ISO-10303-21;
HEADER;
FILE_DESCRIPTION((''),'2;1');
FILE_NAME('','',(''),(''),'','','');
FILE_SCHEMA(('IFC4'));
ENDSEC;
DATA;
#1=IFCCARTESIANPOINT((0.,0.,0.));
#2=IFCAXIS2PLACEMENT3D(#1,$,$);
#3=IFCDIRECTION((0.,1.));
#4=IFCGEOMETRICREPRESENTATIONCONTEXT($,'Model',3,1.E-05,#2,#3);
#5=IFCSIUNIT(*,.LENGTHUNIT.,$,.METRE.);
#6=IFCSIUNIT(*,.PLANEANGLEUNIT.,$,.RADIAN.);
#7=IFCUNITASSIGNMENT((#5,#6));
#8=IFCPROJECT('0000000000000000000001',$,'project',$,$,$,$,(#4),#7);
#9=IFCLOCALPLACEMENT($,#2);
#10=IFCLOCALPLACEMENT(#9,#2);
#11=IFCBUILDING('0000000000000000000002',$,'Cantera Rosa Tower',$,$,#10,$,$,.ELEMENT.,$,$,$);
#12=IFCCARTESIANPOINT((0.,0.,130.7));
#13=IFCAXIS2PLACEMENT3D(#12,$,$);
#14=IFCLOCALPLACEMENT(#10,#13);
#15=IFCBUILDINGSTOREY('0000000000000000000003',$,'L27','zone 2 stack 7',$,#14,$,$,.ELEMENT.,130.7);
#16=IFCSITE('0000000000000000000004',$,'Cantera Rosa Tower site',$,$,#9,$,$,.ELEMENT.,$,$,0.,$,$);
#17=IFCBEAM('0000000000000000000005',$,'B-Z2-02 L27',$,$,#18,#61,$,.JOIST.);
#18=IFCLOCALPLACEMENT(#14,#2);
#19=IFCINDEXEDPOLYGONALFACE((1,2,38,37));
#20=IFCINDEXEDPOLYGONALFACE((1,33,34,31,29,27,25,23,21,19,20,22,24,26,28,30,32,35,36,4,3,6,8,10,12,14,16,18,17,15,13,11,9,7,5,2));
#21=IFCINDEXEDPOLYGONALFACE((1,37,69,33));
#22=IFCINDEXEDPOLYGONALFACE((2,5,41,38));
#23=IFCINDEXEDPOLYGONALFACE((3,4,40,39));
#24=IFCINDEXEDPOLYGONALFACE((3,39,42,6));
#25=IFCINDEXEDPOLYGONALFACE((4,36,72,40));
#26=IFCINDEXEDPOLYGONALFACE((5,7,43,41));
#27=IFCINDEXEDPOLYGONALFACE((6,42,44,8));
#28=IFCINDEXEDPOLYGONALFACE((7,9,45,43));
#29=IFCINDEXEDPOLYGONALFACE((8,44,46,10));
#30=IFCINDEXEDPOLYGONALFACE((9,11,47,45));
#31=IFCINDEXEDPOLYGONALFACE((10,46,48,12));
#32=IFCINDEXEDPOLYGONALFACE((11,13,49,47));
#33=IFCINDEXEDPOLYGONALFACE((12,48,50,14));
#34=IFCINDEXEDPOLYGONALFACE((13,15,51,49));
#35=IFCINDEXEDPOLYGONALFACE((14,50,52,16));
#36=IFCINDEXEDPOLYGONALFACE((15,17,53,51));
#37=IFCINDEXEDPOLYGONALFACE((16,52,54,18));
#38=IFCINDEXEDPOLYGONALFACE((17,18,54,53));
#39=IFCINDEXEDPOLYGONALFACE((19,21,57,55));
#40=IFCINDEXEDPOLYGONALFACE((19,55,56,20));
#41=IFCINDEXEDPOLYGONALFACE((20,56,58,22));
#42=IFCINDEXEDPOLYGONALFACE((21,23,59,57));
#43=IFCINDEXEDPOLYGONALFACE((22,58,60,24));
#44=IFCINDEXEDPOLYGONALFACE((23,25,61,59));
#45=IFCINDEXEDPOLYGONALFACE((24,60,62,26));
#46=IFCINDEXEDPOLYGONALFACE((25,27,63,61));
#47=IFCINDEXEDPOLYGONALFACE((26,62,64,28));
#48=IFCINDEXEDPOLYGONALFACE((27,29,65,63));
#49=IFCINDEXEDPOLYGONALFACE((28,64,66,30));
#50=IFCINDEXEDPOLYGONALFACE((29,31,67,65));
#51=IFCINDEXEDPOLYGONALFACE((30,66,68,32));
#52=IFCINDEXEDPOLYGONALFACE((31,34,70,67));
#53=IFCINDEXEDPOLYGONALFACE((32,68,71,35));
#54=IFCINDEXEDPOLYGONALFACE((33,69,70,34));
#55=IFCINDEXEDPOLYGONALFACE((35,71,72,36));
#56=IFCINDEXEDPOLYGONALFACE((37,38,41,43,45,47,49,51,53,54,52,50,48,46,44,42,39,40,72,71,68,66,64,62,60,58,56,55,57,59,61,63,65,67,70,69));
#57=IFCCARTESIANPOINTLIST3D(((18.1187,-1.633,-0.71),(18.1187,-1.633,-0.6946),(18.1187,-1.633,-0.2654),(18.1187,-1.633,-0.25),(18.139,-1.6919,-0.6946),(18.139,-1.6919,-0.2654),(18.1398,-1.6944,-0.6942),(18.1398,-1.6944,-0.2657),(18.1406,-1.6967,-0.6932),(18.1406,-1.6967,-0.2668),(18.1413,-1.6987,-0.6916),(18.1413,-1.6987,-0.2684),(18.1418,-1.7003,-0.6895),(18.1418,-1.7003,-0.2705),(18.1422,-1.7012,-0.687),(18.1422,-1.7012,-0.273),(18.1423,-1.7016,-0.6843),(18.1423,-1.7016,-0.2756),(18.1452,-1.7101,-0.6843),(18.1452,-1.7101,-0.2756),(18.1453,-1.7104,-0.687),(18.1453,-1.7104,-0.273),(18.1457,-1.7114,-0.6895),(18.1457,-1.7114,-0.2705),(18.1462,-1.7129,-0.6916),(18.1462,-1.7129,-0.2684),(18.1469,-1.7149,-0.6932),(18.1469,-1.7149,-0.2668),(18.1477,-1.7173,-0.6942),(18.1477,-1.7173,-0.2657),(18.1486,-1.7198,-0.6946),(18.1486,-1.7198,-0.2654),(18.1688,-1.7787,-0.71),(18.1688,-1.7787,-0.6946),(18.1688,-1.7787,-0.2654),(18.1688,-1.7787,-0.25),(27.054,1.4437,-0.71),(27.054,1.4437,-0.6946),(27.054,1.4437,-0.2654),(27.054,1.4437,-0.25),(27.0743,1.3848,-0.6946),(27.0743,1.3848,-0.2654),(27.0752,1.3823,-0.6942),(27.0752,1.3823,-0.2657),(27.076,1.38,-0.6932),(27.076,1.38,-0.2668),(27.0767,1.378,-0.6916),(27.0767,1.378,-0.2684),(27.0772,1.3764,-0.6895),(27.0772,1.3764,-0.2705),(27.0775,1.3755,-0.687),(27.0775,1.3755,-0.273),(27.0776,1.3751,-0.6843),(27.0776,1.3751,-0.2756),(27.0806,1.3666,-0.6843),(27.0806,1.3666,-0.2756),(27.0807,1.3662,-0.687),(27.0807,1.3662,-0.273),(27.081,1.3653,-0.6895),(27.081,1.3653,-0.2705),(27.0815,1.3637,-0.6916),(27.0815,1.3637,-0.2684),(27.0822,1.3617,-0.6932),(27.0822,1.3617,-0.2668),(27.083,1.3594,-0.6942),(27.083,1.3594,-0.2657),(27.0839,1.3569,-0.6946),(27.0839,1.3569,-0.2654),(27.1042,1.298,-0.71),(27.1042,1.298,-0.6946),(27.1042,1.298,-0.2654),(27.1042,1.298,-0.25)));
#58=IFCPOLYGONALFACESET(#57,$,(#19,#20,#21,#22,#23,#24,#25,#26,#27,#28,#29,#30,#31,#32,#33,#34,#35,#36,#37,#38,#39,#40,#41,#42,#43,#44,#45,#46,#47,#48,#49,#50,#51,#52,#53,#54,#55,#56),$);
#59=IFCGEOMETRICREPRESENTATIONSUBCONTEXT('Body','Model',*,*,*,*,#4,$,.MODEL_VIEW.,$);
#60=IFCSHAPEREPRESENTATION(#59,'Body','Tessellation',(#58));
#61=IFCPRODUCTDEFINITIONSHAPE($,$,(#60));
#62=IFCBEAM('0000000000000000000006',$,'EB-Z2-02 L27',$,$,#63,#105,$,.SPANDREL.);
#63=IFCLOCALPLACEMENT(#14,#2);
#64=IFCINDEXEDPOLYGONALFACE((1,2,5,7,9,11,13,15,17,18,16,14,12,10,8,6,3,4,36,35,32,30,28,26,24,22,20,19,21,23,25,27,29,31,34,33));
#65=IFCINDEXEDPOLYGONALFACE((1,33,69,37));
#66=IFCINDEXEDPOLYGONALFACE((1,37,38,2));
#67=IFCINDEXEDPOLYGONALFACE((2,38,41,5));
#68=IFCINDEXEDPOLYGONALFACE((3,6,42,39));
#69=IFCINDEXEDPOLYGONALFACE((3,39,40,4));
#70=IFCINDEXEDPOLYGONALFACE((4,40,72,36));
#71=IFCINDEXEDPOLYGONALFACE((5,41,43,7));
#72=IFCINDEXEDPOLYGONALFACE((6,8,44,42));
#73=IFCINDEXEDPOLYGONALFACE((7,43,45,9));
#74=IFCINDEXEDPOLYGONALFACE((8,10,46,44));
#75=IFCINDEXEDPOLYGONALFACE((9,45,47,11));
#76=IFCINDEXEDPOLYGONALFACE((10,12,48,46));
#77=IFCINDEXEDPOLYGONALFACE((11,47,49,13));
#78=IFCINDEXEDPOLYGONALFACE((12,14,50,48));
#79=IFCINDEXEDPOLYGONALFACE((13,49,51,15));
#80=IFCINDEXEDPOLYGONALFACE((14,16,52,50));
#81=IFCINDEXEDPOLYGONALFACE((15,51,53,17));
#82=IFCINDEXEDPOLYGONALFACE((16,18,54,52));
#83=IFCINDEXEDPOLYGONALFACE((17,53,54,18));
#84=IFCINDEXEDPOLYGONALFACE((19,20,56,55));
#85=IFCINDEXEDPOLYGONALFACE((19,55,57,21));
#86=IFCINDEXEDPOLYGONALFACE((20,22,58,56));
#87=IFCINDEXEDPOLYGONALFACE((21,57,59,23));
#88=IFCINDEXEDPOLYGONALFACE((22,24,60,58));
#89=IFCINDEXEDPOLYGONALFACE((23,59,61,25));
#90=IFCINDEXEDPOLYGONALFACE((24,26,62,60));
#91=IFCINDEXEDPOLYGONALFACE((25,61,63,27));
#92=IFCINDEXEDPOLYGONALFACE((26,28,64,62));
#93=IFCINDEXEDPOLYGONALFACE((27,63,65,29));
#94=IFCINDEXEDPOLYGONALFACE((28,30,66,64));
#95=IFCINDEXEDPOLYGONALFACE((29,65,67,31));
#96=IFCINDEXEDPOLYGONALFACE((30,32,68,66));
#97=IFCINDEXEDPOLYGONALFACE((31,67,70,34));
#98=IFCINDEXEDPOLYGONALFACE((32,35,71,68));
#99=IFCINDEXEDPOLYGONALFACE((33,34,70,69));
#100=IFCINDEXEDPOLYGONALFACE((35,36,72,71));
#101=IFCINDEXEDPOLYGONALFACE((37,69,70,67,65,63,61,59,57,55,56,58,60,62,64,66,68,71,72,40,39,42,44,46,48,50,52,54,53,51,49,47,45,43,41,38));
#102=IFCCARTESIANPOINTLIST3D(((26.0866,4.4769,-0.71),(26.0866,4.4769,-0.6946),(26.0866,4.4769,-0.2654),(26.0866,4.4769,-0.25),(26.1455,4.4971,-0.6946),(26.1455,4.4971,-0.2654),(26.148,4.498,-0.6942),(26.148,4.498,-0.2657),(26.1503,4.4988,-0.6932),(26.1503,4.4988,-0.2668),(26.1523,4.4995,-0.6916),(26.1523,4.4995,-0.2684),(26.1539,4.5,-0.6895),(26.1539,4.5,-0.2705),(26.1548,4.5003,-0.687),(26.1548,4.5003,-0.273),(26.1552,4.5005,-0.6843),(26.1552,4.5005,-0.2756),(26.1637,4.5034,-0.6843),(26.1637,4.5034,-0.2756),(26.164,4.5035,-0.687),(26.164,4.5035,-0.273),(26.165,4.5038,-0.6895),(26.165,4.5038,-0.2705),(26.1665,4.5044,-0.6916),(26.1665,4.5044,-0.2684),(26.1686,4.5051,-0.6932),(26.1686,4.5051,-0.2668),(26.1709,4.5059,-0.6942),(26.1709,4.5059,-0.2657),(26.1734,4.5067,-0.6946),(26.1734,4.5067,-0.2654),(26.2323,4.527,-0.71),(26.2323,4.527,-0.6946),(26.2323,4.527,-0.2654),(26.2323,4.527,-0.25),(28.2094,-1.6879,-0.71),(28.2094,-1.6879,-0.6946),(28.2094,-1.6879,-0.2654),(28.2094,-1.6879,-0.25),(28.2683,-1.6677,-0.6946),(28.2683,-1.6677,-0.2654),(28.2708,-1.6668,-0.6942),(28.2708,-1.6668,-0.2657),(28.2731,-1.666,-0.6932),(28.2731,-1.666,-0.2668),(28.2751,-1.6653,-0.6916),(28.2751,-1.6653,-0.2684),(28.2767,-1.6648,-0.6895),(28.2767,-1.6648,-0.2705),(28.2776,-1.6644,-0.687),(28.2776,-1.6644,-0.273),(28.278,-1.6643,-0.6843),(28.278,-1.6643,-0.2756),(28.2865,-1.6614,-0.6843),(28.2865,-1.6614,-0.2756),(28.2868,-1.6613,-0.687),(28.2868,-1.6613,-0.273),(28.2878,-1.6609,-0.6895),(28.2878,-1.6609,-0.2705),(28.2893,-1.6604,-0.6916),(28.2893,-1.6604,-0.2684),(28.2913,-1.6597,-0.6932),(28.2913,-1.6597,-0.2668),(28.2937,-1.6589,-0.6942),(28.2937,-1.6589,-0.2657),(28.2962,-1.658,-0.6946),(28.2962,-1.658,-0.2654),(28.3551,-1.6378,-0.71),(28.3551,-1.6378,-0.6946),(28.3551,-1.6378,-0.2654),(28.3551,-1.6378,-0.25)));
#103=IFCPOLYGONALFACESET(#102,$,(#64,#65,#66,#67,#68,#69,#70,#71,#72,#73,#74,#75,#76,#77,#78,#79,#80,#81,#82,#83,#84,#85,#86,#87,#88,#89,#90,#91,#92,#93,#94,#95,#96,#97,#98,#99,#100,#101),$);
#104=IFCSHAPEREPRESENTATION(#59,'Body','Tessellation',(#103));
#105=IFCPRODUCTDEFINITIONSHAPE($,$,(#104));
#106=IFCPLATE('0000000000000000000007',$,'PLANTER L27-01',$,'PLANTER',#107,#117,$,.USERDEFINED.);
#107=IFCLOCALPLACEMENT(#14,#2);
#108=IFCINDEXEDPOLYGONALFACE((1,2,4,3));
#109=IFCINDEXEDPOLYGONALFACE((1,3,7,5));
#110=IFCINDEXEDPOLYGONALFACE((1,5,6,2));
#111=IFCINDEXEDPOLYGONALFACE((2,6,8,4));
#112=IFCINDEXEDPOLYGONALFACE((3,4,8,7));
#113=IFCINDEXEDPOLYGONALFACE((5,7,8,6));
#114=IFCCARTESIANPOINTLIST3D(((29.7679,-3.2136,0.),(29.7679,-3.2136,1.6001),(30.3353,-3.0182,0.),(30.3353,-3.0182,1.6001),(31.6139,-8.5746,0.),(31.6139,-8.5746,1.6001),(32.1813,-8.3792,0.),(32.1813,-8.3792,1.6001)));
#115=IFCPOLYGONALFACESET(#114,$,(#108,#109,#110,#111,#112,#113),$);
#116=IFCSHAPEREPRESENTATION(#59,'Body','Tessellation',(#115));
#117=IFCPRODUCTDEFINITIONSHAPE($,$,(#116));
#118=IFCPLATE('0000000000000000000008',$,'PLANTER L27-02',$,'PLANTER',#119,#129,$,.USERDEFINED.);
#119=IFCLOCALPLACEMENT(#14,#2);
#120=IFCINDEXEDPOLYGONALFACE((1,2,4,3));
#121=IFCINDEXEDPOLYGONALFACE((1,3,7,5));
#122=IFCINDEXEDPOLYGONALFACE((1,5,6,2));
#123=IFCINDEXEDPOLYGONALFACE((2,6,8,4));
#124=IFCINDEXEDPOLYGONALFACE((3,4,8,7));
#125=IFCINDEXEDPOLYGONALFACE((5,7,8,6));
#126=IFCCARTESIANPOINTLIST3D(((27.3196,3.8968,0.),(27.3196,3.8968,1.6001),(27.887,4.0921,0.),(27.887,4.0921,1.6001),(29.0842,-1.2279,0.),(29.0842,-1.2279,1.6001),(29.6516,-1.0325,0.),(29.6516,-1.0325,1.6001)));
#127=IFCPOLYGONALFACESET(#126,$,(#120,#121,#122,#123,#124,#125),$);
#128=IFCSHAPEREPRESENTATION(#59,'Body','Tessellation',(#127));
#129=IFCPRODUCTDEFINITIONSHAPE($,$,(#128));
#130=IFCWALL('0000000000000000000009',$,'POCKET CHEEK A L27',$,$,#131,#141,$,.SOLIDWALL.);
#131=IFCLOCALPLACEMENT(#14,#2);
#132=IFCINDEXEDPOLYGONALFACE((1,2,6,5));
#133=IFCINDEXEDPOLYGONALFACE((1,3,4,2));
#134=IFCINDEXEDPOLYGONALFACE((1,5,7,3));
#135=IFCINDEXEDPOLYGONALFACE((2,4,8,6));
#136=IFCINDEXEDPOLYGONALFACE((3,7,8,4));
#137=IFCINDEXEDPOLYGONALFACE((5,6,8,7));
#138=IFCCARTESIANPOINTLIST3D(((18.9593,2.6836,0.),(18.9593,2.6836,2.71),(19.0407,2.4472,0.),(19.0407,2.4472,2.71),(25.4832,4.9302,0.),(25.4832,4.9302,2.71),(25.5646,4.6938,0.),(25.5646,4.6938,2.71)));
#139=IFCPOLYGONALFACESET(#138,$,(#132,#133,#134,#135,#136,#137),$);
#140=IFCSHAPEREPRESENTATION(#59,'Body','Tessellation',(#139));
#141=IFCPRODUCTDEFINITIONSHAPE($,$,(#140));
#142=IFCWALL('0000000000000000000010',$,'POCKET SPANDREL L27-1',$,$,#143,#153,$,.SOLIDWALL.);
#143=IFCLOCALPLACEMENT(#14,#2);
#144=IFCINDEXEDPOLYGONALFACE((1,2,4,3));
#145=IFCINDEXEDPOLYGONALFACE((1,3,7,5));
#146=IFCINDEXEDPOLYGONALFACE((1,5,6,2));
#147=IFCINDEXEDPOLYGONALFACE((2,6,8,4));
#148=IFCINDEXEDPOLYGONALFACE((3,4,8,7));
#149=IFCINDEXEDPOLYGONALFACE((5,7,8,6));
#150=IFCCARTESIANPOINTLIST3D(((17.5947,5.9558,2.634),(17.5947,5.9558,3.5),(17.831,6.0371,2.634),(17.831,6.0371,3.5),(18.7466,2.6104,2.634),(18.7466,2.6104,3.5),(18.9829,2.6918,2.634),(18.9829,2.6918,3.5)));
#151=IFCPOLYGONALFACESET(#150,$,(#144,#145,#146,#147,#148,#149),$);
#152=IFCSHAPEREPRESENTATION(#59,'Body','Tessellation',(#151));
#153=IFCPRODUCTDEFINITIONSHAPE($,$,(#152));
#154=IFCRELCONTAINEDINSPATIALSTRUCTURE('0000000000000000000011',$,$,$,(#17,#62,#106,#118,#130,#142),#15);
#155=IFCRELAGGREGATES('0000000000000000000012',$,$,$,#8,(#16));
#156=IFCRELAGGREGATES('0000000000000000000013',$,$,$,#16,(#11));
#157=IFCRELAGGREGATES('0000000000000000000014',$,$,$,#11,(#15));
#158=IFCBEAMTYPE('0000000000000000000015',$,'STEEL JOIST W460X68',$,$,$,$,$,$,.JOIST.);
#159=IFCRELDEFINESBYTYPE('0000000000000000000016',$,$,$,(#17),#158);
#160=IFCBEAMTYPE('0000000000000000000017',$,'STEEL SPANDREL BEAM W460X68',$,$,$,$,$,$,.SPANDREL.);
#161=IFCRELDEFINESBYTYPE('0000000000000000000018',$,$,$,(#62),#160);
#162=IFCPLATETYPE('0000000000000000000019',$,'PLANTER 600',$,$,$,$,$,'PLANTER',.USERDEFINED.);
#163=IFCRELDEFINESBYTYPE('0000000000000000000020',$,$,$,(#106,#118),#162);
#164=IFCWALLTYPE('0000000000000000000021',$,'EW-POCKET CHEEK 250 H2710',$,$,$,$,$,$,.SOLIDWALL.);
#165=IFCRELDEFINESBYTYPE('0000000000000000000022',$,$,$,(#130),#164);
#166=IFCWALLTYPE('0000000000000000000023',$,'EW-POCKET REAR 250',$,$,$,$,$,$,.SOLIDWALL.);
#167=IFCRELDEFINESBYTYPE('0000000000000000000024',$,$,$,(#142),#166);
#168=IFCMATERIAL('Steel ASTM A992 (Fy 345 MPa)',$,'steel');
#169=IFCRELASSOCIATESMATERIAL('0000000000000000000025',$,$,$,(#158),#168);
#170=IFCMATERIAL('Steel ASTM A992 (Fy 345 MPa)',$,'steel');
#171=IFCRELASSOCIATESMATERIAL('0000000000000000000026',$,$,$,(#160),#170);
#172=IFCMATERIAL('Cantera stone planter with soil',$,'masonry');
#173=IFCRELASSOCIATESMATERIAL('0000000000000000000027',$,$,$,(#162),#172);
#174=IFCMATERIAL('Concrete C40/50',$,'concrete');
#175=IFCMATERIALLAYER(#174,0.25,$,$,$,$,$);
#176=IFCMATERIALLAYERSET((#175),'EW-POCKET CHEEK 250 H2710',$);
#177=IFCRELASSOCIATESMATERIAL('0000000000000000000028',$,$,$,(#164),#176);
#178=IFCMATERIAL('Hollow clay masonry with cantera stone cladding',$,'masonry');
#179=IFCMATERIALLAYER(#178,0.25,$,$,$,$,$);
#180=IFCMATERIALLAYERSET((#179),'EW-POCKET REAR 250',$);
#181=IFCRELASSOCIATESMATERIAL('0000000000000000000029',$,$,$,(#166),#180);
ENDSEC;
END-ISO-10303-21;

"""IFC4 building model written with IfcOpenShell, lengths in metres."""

from ifc_helpers import new_model, si_unit, direction, frame, frame_2d, origin, origin_2d, place, context, subcontext, project, spatial, rectangle, i_section, extrude, material, layer, layer_set, material_profile, profile_set, type_object, element, save


model = new_model("IFC4")

# Units and contexts
model_context = context("Model", 3, precision=1e-05, world=origin(), true_north=direction((0.0, 1.0)))
body_context = subcontext(model_context, "Body", "Model", "MODEL_VIEW")
ifc_project = project(units=[si_unit("LENGTHUNIT", "METRE"), si_unit("PLANEANGLEUNIT", "RADIAN")], contexts=[model_context])

# Site, building, storey
site_placement = place(None, origin())
site = spatial("IfcSite", under=ifc_project, at=site_placement, Name="Cantera Rosa Tower site", CompositionType="ELEMENT", RefElevation=0.0)
building_placement = place(site_placement, origin())
building = spatial("IfcBuilding", under=site, at=building_placement, Name="Cantera Rosa Tower", CompositionType="ELEMENT")
storey_placement = place(building_placement, frame((0.0, 0.0, 130.7)))
storey = spatial("IfcBuildingStorey", under=building, at=storey_placement, Name="L27", Description="zone 2 stack 7", CompositionType="ELEMENT", Elevation=130.7)

# Beams
ifc_material_1 = material(Name="Steel ASTM A992 (Fy 345 MPa)", Category="steel")
ifc_material_profile_1 = material_profile(ifc_material_1, i_section(OverallWidth=0.1541, OverallDepth=0.46, WebThickness=0.009, FlangeThickness=0.0154, FilletRadius=0.0103, at=origin_2d()), Name="W460X68")
ifc_profile_set_1 = profile_set([ifc_material_profile_1], Name="Steel ASTM A992 (Fy 345 MPa)")
beam_type_1 = type_object("IfcBeamType", Name="STEEL JOIST W460X68", PredefinedType="JOIST", material=ifc_profile_set_1)
beam_1_placement = place(storey_placement, frame((27.0791, 1.3708, -0.48), z_axis=(-0.945519, -0.325567, 0.0), x_axis=(0.325567, -0.945519, 0.0)))
element("IfcBeam", 1, at=beam_1_placement, inside=storey, type_object=beam_type_1, Name="B-Z2-02 L27", PredefinedType="JOIST", context=body_context, shape_type="SweptSolid", body=[
    extrude(i_section(OverallWidth=0.1541, OverallDepth=0.46, WebThickness=0.009, FlangeThickness=0.0154, FilletRadius=0.0103, at=origin_2d()), origin(), (0.0, 0.0, 1.0), 9.4502),
])
ifc_material_2 = material(Name="Steel ASTM A992 (Fy 345 MPa)", Category="steel")
ifc_material_profile_2 = material_profile(ifc_material_2, i_section(OverallWidth=0.1541, OverallDepth=0.46, WebThickness=0.009, FlangeThickness=0.0154, FilletRadius=0.0103, at=origin_2d()), Name="W460X68")
ifc_profile_set_2 = profile_set([ifc_material_profile_2], Name="Steel ASTM A992 (Fy 345 MPa)")
beam_type_2 = type_object("IfcBeamType", Name="STEEL SPANDREL BEAM W460X68", PredefinedType="SPANDREL", material=ifc_profile_set_2)
beam_2_placement = place(storey_placement, frame((28.2822, -1.6628, -0.48), z_axis=(-0.325581, 0.945514, 0.0), x_axis=(-0.945514, -0.325581, 0.0)))
element("IfcBeam", 2, at=beam_2_placement, inside=storey, type_object=beam_type_2, Name="EB-Z2-02 L27", PredefinedType="SPANDREL", context=body_context, shape_type="SweptSolid", body=[
    extrude(i_section(OverallWidth=0.1541, OverallDepth=0.46, WebThickness=0.009, FlangeThickness=0.0154, FilletRadius=0.0103, at=origin_2d()), origin(), (0.0, 0.0, 1.0), 6.52),
])

# Plates
ifc_material_3 = material(Name="Cantera stone planter with soil", Category="masonry")
plate_type = type_object("IfcPlateType", Name="PLANTER 600", ElementType="PLANTER", PredefinedType="USERDEFINED", material=ifc_material_3)
plate_1_placement = place(storey_placement, frame((30.9746, -5.7964, 0.0), z_axis=(0.0, 0.0, 1.0), x_axis=(-0.325568, 0.945519, 0.0)))
element("IfcPlate", 3, at=plate_1_placement, inside=storey, type_object=plate_type, Name="PLANTER L27-01", ObjectType="PLANTER", PredefinedType="USERDEFINED", context=body_context, shape_type="SweptSolid", body=[
    extrude(rectangle(XDim=5.6699, YDim=0.6001, at=origin_2d()), origin(), (0.0, 0.0, 1.0), 1.6001),
])
plate_2_placement = place(storey_placement, frame((28.4856, 1.4321, 0.0), z_axis=(0.0, 0.0, 1.0), x_axis=(-0.325568, 0.945519, 0.0)))
element("IfcPlate", 4, at=plate_2_placement, inside=storey, type_object=plate_type, Name="PLANTER L27-02", ObjectType="PLANTER", PredefinedType="USERDEFINED", context=body_context, shape_type="SweptSolid", body=[
    extrude(rectangle(XDim=5.4199, YDim=0.6001, at=origin_2d()), origin(), (0.0, 0.0, 1.0), 1.6001),
])

# Walls
ifc_material_4 = material(Name="Concrete C40/50", Category="concrete")
ifc_layer_1 = layer(ifc_material_4, 0.25)
ifc_layer_set_1 = layer_set([ifc_layer_1], Name="EW-POCKET CHEEK 250 H2710")
wall_type_1 = type_object("IfcWallType", Name="EW-POCKET CHEEK 250 H2710", PredefinedType="SOLIDWALL", material=ifc_layer_set_1)
wall_1_placement = place(storey_placement, frame((25.5239, 4.812, 0.0), z_axis=(0.0, 0.0, 1.0), x_axis=(-0.945509, -0.325596, 0.0)))
element("IfcWall", 5, at=wall_1_placement, inside=storey, type_object=wall_type_1, Name="POCKET CHEEK A L27", PredefinedType="SOLIDWALL", context=body_context, shape_type="SweptSolid", body=[
    extrude(rectangle(XDim=6.8999, YDim=0.25, at=frame_2d((3.45, 0.0))), origin(), (0.0, 0.0, 1.0), 2.71),
])
ifc_material_5 = material(Name="Hollow clay masonry with cantera stone cladding", Category="masonry")
ifc_layer_2 = layer(ifc_material_5, 0.25)
ifc_layer_set_2 = layer_set([ifc_layer_2], Name="EW-POCKET REAR 250")
wall_type_2 = type_object("IfcWallType", Name="EW-POCKET REAR 250", PredefinedType="SOLIDWALL", material=ifc_layer_set_2)
wall_2_placement = place(storey_placement, frame((18.8647, 2.6511, 2.634), z_axis=(0.0, 0.0, 1.0), x_axis=(-0.32557, 0.945518, 0.0)))
element("IfcWall", 6, at=wall_2_placement, inside=storey, type_object=wall_type_2, Name="POCKET SPANDREL L27-1", PredefinedType="SOLIDWALL", context=body_context, shape_type="SweptSolid", body=[
    extrude(rectangle(XDim=3.5381, YDim=0.25, at=frame_2d((1.769, 0.0))), origin(), (0.0, 0.0, 1.0), 0.866),
])

save(model, "model.ifc")
